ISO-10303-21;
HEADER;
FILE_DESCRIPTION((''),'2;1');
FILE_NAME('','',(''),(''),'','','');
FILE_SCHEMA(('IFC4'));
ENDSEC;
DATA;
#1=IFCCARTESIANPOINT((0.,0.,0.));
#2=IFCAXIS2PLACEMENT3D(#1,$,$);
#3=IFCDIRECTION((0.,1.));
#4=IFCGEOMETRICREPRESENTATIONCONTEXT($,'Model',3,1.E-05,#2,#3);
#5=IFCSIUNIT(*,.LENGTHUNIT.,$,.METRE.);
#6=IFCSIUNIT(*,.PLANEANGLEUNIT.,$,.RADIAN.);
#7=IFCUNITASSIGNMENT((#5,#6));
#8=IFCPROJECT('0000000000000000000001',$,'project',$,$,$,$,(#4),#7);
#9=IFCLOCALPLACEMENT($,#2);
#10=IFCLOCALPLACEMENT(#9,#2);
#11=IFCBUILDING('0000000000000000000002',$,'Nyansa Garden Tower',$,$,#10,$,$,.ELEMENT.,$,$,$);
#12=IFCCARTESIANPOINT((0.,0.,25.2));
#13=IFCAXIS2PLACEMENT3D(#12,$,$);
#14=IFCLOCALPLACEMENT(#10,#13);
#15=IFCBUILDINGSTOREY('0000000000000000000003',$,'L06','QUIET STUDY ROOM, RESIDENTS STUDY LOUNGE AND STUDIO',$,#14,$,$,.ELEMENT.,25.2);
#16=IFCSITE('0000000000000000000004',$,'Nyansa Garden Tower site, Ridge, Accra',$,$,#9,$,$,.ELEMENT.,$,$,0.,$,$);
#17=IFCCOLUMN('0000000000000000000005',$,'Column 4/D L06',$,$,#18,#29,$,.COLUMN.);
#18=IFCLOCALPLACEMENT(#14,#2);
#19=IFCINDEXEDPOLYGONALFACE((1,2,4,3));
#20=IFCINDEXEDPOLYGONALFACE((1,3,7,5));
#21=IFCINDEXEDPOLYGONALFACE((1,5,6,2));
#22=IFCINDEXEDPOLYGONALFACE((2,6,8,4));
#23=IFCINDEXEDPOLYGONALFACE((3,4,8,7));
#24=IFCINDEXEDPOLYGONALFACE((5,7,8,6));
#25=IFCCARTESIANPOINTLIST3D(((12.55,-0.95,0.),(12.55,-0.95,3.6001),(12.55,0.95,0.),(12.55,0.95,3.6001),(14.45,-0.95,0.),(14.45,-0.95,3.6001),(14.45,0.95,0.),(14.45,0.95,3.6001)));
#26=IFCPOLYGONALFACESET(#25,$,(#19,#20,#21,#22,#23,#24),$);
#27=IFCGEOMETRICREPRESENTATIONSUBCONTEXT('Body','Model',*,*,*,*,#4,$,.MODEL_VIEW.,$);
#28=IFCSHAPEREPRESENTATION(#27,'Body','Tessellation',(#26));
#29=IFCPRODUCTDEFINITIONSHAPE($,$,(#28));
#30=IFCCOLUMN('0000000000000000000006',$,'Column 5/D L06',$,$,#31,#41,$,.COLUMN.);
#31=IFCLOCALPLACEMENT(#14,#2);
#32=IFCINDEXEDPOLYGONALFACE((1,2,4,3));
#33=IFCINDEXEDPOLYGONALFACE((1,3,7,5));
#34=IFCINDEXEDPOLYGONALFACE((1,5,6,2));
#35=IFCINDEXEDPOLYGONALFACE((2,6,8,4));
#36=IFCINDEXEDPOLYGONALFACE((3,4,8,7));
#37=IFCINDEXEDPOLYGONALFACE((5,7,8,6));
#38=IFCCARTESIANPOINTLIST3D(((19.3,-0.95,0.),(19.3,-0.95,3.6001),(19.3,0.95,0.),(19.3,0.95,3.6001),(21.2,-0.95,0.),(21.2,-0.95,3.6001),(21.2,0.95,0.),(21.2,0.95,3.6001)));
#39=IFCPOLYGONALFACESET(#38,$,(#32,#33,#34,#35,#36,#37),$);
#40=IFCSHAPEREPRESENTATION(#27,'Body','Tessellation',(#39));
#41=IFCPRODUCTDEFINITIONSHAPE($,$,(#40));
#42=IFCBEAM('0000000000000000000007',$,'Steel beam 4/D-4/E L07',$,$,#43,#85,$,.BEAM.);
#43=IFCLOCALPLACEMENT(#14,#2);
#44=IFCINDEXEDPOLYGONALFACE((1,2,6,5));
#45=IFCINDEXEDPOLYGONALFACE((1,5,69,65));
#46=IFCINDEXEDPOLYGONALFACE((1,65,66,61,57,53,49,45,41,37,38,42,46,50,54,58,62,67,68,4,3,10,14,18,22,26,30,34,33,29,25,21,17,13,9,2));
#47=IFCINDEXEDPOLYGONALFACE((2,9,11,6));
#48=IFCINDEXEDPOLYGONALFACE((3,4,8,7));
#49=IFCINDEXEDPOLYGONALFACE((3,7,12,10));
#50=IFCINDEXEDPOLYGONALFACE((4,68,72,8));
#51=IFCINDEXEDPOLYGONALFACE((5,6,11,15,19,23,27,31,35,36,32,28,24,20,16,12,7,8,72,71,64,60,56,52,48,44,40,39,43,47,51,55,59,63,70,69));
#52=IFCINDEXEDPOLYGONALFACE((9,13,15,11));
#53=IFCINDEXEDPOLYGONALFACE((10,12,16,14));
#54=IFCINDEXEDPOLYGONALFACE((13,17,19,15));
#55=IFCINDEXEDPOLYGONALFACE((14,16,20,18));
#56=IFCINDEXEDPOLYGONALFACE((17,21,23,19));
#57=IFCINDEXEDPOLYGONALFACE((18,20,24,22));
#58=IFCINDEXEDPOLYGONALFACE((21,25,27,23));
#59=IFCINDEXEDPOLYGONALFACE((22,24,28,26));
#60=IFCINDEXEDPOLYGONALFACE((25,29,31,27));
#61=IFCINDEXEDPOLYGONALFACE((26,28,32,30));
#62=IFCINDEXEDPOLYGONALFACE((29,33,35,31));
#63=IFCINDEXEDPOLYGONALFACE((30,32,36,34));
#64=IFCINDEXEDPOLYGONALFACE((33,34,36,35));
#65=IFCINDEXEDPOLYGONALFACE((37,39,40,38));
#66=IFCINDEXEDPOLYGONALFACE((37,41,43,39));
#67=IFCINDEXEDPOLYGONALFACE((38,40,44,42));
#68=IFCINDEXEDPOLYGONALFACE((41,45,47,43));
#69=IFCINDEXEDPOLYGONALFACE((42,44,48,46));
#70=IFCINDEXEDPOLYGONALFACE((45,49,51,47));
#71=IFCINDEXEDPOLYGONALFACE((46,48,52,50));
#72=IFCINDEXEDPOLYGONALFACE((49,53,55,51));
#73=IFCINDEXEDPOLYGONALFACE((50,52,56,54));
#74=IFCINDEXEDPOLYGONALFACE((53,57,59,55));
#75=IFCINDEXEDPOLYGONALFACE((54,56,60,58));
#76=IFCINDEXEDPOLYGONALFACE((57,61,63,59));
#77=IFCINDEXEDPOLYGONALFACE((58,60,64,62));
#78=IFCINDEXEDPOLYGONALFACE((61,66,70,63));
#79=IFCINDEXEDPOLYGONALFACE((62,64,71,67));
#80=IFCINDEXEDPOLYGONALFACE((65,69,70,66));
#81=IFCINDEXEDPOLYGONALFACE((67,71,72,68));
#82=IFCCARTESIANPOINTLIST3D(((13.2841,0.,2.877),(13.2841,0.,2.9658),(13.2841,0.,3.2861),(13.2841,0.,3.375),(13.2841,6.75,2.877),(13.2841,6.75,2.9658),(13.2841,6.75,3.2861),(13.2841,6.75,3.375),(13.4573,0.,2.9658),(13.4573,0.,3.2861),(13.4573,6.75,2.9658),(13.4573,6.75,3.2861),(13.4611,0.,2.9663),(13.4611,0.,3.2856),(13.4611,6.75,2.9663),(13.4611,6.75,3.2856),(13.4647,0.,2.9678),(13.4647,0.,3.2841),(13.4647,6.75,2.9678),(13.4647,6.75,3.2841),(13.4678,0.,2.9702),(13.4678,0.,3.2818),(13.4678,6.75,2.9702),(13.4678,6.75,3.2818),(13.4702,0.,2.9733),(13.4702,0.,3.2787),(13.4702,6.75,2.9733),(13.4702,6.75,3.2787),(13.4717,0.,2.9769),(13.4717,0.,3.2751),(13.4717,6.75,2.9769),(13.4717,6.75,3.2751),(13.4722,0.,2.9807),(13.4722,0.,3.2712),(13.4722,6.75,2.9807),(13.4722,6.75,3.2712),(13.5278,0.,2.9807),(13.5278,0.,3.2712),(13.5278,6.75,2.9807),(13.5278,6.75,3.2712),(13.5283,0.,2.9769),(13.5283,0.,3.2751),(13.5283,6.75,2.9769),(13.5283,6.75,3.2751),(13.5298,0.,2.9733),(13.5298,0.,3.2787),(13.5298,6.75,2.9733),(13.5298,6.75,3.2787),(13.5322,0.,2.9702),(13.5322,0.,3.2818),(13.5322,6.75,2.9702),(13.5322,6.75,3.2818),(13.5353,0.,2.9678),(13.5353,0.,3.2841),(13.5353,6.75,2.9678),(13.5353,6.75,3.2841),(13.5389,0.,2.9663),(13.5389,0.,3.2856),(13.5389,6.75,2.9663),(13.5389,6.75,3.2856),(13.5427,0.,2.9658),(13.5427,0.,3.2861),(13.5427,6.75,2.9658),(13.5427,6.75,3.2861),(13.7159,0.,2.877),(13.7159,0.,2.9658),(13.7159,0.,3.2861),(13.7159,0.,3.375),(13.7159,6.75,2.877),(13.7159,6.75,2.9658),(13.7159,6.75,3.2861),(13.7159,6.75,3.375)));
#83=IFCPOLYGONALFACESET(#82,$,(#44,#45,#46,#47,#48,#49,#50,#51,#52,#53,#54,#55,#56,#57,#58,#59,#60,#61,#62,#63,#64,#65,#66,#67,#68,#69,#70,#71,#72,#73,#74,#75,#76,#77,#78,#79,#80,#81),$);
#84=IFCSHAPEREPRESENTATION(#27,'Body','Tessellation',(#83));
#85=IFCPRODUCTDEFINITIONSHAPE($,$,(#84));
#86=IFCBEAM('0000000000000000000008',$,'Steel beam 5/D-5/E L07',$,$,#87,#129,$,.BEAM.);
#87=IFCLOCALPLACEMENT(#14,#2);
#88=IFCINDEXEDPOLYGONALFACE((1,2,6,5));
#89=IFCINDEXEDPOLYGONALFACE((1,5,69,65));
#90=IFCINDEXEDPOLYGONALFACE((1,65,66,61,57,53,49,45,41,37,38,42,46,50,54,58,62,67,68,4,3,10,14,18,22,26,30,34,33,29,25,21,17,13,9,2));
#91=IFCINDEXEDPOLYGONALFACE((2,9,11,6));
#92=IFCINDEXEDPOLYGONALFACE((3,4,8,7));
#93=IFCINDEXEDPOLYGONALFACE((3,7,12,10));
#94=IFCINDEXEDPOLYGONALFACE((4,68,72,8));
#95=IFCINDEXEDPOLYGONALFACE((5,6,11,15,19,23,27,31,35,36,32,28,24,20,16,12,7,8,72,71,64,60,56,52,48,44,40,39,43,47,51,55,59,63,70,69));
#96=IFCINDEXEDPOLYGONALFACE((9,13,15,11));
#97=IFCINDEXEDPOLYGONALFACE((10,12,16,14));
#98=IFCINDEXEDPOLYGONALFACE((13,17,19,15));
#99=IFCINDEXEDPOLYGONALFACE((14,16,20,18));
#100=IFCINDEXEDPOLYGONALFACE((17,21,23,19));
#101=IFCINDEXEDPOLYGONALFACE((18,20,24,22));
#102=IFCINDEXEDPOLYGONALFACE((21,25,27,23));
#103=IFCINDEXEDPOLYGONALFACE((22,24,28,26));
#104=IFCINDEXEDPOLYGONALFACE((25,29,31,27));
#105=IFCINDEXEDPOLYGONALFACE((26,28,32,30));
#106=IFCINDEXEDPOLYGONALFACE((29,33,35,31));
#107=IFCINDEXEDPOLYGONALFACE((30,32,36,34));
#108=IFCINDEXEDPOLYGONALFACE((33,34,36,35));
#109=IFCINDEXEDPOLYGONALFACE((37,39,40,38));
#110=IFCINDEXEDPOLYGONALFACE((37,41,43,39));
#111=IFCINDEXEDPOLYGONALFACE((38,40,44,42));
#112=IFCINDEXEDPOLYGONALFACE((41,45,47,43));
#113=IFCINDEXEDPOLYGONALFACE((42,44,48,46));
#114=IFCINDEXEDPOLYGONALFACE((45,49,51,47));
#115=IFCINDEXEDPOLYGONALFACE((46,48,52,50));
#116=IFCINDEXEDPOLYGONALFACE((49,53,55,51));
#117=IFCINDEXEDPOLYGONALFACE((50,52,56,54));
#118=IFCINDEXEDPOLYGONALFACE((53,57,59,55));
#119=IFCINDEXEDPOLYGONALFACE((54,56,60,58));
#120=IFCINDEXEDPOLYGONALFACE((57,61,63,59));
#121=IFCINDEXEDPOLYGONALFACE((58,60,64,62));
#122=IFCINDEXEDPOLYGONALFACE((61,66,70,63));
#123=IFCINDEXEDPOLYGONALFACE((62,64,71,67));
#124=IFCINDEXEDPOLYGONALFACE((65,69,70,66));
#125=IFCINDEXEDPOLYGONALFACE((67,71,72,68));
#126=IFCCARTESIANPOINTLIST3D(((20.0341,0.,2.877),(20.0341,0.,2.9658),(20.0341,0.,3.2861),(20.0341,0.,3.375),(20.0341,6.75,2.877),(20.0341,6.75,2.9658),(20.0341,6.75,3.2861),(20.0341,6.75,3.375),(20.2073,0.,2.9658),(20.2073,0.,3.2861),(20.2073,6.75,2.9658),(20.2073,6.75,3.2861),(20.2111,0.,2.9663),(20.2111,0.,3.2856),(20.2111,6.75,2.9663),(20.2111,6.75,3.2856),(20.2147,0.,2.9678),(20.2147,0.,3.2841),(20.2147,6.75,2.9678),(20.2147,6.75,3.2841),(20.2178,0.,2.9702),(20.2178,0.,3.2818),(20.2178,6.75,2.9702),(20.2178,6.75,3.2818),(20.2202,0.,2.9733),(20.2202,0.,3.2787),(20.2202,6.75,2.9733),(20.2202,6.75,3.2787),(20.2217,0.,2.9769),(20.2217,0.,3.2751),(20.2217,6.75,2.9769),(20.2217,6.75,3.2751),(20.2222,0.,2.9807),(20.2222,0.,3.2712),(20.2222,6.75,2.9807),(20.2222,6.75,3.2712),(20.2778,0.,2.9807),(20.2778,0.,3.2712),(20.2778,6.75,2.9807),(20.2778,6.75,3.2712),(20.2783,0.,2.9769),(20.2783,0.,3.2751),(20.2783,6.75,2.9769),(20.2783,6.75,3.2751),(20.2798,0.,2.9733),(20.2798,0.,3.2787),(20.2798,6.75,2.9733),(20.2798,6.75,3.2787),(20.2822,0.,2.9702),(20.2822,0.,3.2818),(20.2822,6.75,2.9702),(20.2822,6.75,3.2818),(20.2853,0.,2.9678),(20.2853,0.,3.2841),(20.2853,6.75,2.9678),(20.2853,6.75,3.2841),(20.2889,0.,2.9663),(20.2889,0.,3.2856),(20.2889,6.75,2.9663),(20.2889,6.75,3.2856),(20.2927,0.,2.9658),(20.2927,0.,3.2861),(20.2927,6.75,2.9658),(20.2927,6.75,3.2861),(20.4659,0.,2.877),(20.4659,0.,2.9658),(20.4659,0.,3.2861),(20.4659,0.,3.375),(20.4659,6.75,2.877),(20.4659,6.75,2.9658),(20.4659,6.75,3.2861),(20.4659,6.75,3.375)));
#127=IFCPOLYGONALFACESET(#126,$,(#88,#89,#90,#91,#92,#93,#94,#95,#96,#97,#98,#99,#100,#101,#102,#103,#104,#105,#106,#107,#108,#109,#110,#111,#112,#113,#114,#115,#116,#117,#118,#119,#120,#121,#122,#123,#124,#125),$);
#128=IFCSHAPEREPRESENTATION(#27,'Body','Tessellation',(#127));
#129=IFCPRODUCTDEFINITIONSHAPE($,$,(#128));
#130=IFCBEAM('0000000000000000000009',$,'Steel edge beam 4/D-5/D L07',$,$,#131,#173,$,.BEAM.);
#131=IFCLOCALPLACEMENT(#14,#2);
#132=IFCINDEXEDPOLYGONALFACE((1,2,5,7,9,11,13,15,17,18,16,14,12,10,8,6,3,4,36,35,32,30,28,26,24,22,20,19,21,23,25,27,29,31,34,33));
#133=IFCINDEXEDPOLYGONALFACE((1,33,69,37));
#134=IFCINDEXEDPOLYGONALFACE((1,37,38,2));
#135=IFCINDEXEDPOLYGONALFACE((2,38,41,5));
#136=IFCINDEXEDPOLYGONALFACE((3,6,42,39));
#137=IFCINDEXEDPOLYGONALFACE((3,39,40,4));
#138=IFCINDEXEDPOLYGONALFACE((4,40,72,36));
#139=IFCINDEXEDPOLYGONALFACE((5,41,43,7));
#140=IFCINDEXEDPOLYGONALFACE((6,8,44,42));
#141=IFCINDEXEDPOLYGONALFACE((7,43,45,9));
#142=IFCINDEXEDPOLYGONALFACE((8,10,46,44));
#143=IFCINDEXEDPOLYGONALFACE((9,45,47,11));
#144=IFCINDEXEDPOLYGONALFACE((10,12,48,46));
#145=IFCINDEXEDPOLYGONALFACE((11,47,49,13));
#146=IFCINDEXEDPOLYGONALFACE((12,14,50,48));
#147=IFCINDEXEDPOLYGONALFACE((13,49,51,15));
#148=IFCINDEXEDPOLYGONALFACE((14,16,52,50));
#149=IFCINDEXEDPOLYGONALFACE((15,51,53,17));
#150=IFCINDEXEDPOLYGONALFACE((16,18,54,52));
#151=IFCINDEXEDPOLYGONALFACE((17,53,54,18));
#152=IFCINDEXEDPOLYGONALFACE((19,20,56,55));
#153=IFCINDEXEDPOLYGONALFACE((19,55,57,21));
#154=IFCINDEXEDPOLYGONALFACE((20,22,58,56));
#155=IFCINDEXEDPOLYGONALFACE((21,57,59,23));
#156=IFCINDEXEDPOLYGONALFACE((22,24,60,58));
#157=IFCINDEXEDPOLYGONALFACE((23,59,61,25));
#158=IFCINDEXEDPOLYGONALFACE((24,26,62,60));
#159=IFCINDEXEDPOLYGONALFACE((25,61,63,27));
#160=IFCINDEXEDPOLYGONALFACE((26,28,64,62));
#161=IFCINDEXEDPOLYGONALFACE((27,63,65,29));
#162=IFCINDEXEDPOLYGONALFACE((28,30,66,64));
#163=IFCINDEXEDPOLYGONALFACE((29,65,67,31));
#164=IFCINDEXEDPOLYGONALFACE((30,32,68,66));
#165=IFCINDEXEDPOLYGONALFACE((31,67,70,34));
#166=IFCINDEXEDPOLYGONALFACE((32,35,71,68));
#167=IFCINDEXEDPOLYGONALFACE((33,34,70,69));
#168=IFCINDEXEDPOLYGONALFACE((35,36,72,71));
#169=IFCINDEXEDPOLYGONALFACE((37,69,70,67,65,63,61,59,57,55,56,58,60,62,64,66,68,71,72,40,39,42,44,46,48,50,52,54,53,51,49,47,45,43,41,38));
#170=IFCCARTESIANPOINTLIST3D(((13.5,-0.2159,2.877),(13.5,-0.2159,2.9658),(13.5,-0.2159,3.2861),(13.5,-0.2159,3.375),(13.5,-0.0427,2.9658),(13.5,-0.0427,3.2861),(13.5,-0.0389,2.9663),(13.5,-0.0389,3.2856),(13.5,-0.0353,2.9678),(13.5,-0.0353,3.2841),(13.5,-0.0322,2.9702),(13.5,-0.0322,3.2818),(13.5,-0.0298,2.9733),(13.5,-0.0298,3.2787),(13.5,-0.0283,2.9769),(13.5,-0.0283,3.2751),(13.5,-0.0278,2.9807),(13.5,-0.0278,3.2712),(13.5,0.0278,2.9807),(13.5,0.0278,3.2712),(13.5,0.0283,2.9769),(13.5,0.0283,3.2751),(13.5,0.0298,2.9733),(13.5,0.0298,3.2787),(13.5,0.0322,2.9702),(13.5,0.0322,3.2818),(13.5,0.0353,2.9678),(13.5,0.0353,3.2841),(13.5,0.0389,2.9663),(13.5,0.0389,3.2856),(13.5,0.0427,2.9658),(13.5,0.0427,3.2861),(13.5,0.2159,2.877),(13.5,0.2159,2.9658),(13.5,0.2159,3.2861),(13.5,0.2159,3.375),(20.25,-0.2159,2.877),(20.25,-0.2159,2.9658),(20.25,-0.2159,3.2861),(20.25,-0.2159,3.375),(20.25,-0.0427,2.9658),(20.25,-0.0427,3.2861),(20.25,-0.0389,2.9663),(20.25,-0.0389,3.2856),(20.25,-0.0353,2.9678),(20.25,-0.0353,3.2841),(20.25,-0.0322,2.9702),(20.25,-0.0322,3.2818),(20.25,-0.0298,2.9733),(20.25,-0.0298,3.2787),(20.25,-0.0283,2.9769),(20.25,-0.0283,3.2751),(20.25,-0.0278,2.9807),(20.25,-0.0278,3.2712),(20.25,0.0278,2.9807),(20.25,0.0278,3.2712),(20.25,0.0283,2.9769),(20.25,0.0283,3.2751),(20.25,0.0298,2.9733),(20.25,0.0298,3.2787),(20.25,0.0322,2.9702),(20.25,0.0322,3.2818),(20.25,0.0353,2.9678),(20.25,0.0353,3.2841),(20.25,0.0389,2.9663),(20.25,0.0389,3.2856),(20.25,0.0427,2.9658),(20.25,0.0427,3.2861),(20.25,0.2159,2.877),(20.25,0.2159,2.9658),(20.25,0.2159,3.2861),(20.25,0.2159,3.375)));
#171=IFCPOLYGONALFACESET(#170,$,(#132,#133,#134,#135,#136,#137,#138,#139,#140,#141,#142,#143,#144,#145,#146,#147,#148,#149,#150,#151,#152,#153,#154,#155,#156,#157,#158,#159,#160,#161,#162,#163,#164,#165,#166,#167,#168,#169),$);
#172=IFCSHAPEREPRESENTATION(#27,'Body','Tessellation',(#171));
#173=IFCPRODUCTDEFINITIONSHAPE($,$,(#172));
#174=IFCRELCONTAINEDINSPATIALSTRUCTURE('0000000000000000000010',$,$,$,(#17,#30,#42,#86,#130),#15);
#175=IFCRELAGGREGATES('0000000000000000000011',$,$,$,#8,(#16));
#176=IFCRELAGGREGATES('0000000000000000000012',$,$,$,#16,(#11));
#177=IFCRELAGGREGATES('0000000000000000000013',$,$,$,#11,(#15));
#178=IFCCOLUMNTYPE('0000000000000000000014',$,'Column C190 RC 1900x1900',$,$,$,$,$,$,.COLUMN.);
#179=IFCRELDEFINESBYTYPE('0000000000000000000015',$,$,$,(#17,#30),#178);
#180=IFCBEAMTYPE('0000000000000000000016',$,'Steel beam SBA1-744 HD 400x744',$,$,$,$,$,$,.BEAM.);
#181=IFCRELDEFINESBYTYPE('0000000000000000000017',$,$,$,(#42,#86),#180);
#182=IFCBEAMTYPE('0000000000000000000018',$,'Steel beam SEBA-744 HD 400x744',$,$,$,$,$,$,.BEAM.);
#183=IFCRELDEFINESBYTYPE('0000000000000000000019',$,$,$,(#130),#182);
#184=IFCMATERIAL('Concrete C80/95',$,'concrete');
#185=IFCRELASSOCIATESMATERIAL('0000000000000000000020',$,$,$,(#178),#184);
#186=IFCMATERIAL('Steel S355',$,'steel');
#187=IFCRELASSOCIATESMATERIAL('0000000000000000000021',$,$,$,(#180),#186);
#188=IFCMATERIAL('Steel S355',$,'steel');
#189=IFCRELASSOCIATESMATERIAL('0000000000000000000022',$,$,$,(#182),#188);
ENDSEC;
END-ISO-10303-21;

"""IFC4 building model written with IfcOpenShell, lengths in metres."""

from ifc_helpers import new_model, si_unit, direction, frame, origin, origin_2d, place, context, subcontext, project, spatial, rectangle, i_section, extrude, material, material_profile, profile_set, type_object, element, save


model = new_model("IFC4")

# Units and contexts
model_context = context("Model", 3, precision=1e-05, world=origin(), true_north=direction((0.0, 1.0)))
body_context = subcontext(model_context, "Body", "Model", "MODEL_VIEW")
ifc_project = project(units=[si_unit("LENGTHUNIT", "METRE"), si_unit("PLANEANGLEUNIT", "RADIAN")], contexts=[model_context])

# Site, building, storey
site_placement = place(None, origin())
site = spatial("IfcSite", under=ifc_project, at=site_placement, Name="Nyansa Garden Tower site, Ridge, Accra", CompositionType="ELEMENT", RefElevation=0.0)
building_placement = place(site_placement, origin())
building = spatial("IfcBuilding", under=site, at=building_placement, Name="Nyansa Garden Tower", CompositionType="ELEMENT")
storey_placement = place(building_placement, frame((0.0, 0.0, 25.2)))
storey = spatial("IfcBuildingStorey", under=building, at=storey_placement, Name="L06", Description="QUIET STUDY ROOM, RESIDENTS STUDY LOUNGE AND STUDIO", CompositionType="ELEMENT", Elevation=25.2)

# Columns
ifc_material_1 = material(Name="Concrete C80/95", Category="concrete")
ifc_material_profile_1 = material_profile(ifc_material_1, rectangle(XDim=1.8999, YDim=1.8999, at=origin_2d()), Name="RC 1900x1900")
ifc_profile_set_1 = profile_set([ifc_material_profile_1], Name="Concrete C80/95")
column_type = type_object("IfcColumnType", Name="Column C190 RC 1900x1900", PredefinedType="COLUMN", material=ifc_profile_set_1)
for number, where, z_axis, x_axis, name in (
    (1, (13.5, 0.0, 0.0), (0.0, 0.0, 1.0), (1.0, 0.0, 0.0), "Column 4/D L06"),
    (2, (20.25, 0.0, 0.0), (0.0, 0.0, 1.0), (1.0, 0.0, 0.0), "Column 5/D L06"),
):
    element("IfcColumn", number, at=place(storey_placement, frame(where, z_axis=z_axis, x_axis=x_axis)), inside=storey, type_object=column_type, Name=name, PredefinedType="COLUMN", context=body_context, shape_type="SweptSolid", body=[
        extrude(rectangle(XDim=1.8999, YDim=1.8999, at=origin_2d()), origin(), (0.0, 0.0, 1.0), 3.6001),
    ])

# Beams
ifc_material_2 = material(Name="Steel S355", Category="steel")
ifc_material_profile_2 = material_profile(ifc_material_2, i_section(OverallWidth=0.4319, OverallDepth=0.498, WebThickness=0.0557, FlangeThickness=0.0889, FilletRadius=0.0149, at=origin_2d()), Name="HD 400x744")
ifc_profile_set_2 = profile_set([ifc_material_profile_2], Name="Steel S355")
beam_type_1 = type_object("IfcBeamType", Name="Steel beam SBA1-744 HD 400x744", PredefinedType="BEAM", material=ifc_profile_set_2)
for number, where, z_axis, x_axis, name in (
    (3, (13.5, 0.0, 3.126), (0.0, 1.0, 0.0), (-1.0, 0.0, 0.0), "Steel beam 4/D-4/E L07"),
    (4, (20.25, 0.0, 3.126), (0.0, 1.0, 0.0), (-1.0, 0.0, 0.0), "Steel beam 5/D-5/E L07"),
):
    element("IfcBeam", number, at=place(storey_placement, frame(where, z_axis=z_axis, x_axis=x_axis)), inside=storey, type_object=beam_type_1, Name=name, PredefinedType="BEAM", context=body_context, shape_type="SweptSolid", body=[
        extrude(i_section(OverallWidth=0.4319, OverallDepth=0.498, WebThickness=0.0557, FlangeThickness=0.0889, FilletRadius=0.0149, at=origin_2d()), origin(), (0.0, 0.0, 1.0), 6.75),
    ])
ifc_material_3 = material(Name="Steel S355", Category="steel")
ifc_material_profile_3 = material_profile(ifc_material_3, i_section(OverallWidth=0.4319, OverallDepth=0.498, WebThickness=0.0557, FlangeThickness=0.0889, FilletRadius=0.0149, at=origin_2d()), Name="HD 400x744")
ifc_profile_set_3 = profile_set([ifc_material_profile_3], Name="Steel S355")
beam_type_2 = type_object("IfcBeamType", Name="Steel beam SEBA-744 HD 400x744", PredefinedType="BEAM", material=ifc_profile_set_3)
for number, where, z_axis, x_axis, name in (
    (5, (13.5, 0.0, 3.126), (1.0, 0.0, 0.0), (0.0, 1.0, 0.0), "Steel edge beam 4/D-5/D L07"),
):
    element("IfcBeam", number, at=place(storey_placement, frame(where, z_axis=z_axis, x_axis=x_axis)), inside=storey, type_object=beam_type_2, Name=name, PredefinedType="BEAM", context=body_context, shape_type="SweptSolid", body=[
        extrude(i_section(OverallWidth=0.4319, OverallDepth=0.498, WebThickness=0.0557, FlangeThickness=0.0889, FilletRadius=0.0149, at=origin_2d()), origin(), (0.0, 0.0, 1.0), 6.75),
    ])

save(model, "model.ifc")
